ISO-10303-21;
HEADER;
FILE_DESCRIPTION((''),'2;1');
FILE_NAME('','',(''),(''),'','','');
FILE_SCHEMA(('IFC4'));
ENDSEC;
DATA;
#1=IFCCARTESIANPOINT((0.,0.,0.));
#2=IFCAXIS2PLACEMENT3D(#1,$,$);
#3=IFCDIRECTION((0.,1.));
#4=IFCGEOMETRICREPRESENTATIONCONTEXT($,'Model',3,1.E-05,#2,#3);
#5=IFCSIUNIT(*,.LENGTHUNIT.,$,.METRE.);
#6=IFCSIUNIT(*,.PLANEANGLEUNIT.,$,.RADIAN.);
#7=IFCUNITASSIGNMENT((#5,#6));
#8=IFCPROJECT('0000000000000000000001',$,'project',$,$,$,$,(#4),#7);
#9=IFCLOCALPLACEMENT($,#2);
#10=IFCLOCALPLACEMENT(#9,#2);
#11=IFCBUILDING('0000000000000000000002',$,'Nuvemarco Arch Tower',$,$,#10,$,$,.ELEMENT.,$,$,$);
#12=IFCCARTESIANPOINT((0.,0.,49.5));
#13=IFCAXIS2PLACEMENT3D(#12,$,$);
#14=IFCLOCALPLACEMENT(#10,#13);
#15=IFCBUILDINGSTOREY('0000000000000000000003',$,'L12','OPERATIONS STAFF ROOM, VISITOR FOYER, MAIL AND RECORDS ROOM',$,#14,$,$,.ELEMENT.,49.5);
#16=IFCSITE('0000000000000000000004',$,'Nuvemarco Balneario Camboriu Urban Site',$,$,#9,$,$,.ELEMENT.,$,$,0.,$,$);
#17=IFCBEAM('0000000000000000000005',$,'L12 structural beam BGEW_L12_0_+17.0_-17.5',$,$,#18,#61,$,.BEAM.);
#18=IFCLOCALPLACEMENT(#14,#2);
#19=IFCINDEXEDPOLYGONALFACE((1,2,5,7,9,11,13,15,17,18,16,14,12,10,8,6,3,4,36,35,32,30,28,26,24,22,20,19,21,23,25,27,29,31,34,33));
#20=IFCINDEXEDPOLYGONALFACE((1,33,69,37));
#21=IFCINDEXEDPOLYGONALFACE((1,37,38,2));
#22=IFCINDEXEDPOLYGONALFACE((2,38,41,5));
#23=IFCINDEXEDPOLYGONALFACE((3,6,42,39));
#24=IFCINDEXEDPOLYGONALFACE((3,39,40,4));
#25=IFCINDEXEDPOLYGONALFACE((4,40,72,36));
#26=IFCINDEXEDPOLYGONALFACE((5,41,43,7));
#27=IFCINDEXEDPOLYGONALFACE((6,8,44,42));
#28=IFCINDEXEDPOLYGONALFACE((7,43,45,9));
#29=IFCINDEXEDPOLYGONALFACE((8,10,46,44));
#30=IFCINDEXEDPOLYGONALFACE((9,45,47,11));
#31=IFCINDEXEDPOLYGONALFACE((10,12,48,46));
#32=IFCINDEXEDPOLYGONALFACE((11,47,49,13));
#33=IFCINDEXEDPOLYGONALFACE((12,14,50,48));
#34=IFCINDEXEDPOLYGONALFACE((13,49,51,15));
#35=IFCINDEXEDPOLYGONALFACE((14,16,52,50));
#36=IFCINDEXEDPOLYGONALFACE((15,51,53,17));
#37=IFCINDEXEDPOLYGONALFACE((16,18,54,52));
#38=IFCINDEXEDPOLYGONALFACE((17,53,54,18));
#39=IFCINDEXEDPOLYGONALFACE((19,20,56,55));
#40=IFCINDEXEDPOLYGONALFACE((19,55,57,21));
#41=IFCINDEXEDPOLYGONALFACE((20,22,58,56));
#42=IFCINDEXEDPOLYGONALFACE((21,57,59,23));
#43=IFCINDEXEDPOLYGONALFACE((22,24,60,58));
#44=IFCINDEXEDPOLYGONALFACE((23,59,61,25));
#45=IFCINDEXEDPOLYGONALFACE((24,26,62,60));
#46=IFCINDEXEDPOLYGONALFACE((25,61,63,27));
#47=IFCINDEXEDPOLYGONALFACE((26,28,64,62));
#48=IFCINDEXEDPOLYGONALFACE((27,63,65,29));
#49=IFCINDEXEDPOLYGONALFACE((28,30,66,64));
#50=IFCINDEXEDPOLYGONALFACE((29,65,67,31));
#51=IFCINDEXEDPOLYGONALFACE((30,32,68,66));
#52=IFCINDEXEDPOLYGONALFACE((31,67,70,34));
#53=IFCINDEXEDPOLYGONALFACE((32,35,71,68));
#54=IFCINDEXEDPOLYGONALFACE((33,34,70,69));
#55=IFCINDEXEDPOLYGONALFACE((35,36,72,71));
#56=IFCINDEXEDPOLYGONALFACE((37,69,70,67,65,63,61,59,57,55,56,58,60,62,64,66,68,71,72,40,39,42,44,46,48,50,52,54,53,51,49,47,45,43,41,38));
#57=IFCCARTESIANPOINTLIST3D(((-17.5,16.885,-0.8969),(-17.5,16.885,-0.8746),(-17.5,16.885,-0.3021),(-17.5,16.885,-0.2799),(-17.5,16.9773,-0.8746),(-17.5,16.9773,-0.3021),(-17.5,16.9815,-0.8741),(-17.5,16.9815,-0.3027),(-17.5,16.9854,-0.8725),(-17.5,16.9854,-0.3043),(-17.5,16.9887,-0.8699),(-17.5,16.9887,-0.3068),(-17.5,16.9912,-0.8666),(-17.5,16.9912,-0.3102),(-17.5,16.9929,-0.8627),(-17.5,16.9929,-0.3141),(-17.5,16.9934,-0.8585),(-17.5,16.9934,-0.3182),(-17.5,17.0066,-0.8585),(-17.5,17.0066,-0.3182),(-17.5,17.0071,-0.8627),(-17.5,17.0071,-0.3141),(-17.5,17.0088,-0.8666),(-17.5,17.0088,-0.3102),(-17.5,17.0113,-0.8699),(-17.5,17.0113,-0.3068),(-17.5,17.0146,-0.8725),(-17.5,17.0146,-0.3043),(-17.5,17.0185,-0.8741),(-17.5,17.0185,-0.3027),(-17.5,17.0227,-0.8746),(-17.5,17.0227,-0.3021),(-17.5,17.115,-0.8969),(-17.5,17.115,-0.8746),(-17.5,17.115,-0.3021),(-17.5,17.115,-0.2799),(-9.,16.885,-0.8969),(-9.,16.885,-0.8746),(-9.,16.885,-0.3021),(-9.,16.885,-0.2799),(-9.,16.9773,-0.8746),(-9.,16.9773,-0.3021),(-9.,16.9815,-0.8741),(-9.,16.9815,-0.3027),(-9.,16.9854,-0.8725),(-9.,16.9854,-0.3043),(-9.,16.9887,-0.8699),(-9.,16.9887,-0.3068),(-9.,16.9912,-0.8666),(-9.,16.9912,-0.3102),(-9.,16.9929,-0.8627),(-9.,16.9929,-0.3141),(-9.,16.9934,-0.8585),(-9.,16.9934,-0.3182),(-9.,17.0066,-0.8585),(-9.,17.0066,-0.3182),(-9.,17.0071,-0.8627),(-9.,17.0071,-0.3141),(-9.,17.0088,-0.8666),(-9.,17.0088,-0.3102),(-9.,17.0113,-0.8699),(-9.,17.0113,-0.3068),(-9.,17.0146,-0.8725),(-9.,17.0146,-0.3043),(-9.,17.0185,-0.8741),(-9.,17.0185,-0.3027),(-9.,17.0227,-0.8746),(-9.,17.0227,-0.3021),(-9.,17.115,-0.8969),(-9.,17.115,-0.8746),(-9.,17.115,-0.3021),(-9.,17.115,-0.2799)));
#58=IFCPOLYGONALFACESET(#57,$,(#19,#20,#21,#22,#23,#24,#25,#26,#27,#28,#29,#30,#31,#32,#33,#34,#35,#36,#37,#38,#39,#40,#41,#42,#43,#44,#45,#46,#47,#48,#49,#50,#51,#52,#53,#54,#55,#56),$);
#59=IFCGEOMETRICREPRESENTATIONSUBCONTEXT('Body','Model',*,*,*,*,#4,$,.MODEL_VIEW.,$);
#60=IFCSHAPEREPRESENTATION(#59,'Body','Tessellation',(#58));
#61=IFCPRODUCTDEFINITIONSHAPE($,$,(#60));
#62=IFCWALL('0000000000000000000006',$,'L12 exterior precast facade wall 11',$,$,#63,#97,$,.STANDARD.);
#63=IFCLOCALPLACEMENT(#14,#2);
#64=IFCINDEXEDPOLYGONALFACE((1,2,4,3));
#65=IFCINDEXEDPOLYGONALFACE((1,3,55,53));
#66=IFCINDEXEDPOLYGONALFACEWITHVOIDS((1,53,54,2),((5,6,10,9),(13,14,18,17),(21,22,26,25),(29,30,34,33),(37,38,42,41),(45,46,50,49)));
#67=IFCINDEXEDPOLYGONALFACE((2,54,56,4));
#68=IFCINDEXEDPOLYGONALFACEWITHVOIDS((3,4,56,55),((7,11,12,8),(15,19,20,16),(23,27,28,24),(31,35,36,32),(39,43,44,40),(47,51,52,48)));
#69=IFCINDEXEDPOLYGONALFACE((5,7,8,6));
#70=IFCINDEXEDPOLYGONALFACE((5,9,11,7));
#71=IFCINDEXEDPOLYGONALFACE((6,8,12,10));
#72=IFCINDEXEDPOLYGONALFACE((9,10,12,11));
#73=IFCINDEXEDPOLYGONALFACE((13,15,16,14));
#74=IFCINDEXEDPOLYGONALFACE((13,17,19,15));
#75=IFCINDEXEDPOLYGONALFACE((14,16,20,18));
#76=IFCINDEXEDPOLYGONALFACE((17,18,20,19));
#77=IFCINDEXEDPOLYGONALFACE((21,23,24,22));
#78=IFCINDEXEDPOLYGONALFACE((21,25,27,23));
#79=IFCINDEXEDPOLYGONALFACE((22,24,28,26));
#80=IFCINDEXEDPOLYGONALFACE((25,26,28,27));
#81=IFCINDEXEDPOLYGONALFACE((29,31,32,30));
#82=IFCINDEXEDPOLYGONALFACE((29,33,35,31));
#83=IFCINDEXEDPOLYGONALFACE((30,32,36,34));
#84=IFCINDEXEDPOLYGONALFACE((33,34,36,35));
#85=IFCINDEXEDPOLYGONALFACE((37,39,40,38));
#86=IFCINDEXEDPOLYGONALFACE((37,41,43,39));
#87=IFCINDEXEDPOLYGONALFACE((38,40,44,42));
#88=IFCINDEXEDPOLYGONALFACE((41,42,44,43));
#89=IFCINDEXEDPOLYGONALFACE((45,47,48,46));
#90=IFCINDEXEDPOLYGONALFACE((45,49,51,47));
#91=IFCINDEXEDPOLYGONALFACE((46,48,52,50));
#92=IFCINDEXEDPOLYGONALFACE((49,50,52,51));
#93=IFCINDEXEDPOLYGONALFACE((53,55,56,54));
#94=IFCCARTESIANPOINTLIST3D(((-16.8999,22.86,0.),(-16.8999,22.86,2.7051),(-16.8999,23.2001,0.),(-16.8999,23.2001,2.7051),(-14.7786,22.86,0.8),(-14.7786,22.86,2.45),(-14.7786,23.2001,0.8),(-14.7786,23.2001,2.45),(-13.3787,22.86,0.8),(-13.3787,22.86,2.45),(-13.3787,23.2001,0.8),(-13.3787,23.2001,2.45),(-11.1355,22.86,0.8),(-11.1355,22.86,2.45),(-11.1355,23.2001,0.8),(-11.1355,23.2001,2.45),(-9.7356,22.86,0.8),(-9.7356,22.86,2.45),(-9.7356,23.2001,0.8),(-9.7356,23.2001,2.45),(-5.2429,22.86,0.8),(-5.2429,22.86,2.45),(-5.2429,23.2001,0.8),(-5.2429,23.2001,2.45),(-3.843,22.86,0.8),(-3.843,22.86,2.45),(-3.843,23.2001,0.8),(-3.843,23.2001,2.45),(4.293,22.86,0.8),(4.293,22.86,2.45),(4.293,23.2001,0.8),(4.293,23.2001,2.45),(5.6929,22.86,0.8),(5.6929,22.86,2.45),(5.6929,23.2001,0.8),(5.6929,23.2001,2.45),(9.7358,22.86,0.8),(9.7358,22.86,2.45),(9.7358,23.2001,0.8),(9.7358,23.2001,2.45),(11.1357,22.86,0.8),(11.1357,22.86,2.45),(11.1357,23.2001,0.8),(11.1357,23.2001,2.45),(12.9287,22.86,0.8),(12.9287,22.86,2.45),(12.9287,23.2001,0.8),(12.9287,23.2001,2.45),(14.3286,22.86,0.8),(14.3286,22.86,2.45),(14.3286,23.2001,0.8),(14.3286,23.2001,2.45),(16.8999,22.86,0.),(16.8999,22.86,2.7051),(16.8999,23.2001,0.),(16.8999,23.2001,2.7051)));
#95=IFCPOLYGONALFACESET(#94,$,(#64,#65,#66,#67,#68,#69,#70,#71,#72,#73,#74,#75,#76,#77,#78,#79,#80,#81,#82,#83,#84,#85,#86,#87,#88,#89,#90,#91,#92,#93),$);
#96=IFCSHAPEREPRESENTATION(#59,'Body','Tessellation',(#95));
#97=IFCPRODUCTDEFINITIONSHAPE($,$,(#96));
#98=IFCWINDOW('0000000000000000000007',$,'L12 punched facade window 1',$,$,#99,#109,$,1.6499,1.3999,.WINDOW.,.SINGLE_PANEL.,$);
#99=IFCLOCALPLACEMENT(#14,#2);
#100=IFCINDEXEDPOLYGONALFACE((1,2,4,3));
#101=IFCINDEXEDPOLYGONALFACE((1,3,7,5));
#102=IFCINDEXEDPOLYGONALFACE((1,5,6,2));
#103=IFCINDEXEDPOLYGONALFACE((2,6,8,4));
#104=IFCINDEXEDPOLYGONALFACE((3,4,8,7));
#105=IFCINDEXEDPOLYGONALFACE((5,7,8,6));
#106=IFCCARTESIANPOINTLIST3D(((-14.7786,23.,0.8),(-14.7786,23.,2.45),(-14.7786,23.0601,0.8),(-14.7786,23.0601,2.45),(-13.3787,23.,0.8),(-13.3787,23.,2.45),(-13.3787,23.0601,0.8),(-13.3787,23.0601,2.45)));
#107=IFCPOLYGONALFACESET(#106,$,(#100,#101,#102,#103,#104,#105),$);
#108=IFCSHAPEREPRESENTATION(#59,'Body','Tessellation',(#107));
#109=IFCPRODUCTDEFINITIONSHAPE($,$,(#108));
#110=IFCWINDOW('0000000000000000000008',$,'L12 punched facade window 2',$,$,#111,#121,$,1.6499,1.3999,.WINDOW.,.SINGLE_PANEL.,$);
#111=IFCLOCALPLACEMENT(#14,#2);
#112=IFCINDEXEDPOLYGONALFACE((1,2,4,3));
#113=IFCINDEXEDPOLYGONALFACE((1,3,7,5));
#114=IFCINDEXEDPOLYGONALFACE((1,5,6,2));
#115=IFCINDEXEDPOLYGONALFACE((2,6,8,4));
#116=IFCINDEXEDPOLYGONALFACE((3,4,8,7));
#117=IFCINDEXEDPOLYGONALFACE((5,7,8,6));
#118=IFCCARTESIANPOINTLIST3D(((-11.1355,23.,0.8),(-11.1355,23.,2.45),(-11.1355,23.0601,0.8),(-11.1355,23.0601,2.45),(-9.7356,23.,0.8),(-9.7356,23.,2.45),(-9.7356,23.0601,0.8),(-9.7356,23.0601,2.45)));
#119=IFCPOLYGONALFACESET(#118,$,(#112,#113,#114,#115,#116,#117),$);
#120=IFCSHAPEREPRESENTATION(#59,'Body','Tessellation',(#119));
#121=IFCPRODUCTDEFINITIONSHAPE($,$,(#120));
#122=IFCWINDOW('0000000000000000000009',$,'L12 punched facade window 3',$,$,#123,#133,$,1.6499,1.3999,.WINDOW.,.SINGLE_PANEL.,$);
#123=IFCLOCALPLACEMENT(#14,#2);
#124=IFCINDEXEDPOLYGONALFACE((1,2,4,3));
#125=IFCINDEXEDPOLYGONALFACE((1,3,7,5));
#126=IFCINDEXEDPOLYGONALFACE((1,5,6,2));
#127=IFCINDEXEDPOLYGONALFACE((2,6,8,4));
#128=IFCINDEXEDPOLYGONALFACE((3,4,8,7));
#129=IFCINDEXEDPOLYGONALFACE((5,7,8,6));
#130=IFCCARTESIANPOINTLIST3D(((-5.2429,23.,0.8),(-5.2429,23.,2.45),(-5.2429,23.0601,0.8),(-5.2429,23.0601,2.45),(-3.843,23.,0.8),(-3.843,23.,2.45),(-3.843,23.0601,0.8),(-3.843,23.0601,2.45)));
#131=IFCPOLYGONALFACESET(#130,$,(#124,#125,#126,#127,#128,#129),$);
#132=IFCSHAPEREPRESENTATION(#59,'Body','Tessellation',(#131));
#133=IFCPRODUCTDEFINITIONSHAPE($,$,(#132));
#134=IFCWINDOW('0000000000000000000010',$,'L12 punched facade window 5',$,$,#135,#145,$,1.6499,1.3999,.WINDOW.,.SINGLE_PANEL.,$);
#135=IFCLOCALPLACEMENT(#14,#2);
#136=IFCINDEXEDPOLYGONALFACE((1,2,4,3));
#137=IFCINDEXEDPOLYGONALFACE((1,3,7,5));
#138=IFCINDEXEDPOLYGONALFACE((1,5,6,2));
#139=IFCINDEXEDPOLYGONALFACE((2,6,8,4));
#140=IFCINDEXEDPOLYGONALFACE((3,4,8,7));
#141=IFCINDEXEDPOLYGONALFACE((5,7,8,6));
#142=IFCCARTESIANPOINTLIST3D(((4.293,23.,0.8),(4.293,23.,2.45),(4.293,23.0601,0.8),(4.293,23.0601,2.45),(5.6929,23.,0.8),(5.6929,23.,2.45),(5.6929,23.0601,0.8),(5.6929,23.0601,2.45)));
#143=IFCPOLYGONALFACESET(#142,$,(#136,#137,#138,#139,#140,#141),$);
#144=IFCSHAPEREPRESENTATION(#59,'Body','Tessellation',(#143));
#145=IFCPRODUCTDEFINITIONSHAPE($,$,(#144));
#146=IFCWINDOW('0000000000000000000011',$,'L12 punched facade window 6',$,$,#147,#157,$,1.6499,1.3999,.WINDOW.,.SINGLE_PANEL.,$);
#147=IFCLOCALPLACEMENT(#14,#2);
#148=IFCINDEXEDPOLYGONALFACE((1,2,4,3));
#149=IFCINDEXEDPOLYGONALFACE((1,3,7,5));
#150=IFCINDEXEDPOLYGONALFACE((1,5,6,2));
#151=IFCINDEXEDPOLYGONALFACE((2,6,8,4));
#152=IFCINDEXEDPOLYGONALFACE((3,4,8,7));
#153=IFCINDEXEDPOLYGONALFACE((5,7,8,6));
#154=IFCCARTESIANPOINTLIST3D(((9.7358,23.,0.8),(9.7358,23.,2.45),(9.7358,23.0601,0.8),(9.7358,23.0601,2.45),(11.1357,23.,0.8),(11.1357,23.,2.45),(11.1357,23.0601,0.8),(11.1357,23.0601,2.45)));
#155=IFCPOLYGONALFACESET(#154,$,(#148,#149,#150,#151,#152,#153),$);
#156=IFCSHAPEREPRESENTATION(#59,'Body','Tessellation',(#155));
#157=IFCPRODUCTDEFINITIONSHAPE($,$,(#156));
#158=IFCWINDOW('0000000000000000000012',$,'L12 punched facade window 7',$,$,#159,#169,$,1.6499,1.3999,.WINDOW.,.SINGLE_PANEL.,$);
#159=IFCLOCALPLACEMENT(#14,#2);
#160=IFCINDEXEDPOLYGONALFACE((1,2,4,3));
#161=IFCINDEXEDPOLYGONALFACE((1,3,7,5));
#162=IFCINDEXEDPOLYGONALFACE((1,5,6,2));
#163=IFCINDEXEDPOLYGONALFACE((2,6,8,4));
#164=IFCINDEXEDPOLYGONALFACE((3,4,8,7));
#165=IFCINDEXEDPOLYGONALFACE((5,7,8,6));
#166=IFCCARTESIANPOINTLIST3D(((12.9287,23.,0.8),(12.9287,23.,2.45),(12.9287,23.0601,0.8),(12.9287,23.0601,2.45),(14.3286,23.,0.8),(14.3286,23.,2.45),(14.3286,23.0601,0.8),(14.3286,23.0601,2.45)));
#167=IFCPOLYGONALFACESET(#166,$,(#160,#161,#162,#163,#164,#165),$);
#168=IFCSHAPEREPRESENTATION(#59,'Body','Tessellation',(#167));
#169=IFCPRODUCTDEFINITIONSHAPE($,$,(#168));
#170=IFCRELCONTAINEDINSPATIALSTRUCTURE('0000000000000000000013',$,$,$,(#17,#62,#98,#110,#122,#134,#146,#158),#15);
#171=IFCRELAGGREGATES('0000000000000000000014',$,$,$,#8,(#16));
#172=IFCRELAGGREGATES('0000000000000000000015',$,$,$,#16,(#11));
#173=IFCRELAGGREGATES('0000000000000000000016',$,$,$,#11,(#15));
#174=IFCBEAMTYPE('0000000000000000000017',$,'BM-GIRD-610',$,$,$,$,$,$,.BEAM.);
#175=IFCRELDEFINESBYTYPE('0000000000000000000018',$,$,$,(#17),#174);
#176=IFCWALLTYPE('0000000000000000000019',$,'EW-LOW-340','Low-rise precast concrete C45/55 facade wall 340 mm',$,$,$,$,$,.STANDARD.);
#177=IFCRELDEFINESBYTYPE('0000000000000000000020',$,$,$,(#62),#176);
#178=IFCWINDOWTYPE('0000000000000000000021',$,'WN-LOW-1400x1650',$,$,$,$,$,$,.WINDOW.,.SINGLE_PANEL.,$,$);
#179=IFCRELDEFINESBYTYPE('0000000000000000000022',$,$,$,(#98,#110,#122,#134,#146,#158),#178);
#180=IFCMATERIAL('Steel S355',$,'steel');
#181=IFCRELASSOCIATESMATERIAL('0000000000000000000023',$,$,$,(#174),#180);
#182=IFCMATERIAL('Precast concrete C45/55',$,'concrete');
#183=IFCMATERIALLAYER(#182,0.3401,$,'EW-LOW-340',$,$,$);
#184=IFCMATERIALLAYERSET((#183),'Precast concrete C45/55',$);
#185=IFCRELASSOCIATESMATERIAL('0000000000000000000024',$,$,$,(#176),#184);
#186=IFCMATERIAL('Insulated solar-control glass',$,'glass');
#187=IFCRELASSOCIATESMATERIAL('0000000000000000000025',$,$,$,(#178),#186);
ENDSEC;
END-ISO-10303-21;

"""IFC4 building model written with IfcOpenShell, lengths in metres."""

from ifc_helpers import new_model, si_unit, direction, frame, frame_2d, origin, origin_2d, place, context, subcontext, project, spatial, rectangle, i_section, extrude, source, transform, mapped, material, layer, layer_set, material_profile, profile_set, type_object, type_shapes, element, fill, save


model = new_model("IFC4")

# Units and contexts
model_context = context("Model", 3, precision=1e-05, world=origin(), true_north=direction((0.0, 1.0)))
body_context = subcontext(model_context, "Body", "Model", "MODEL_VIEW")
ifc_project = project(units=[si_unit("LENGTHUNIT", "METRE"), si_unit("PLANEANGLEUNIT", "RADIAN")], contexts=[model_context])

# Site, building, storey
site_placement = place(None, origin())
site = spatial("IfcSite", under=ifc_project, at=site_placement, Name="Nuvemarco Balneario Camboriu Urban Site", CompositionType="ELEMENT", RefElevation=0.0)
building_placement = place(site_placement, origin())
building = spatial("IfcBuilding", under=site, at=building_placement, Name="Nuvemarco Arch Tower", CompositionType="ELEMENT")
storey_placement = place(building_placement, frame((0.0, 0.0, 49.5)))
storey = spatial("IfcBuildingStorey", under=building, at=storey_placement, Name="L12", Description="OPERATIONS STAFF ROOM, VISITOR FOYER, MAIL AND RECORDS ROOM", CompositionType="ELEMENT", Elevation=49.5)

# Shared definitions
ifc_material_1 = material(Name="Steel S355", Category="steel")

# Beam
ifc_material_profile_1 = material_profile(ifc_material_1, i_section(OverallWidth=0.23, OverallDepth=0.6169, WebThickness=0.0132, FlangeThickness=0.0222, FilletRadius=0.0161, at=origin_2d()), Name="W610x140")
ifc_profile_set_1 = profile_set([ifc_material_profile_1], Name="Steel S355")
beam_type = type_object("IfcBeamType", Name="BM-GIRD-610", PredefinedType="BEAM", material=ifc_profile_set_1)
beam_1_placement = place(storey_placement, frame((-17.5, 17.0, -0.5884), z_axis=(1.0, 0.0, 0.0), x_axis=(0.0, 1.0, 0.0)))
element("IfcBeam", 1, at=beam_1_placement, inside=storey, type_object=beam_type, Name="L12 structural beam BGEW_L12_0_+17.0_-17.5", PredefinedType="BEAM", context=body_context, shape_type="SweptSolid", body=[
    extrude(i_section(OverallWidth=0.23, OverallDepth=0.6169, WebThickness=0.0132, FlangeThickness=0.0222, FilletRadius=0.0161, at=origin_2d()), origin(), (0.0, 0.0, 1.0), 8.5),
])

# Wall, openings, windows
ifc_material_2 = material(Name="Precast concrete C45/55", Category="concrete")
ifc_layer = layer(ifc_material_2, 0.3401, Name="EW-LOW-340")
ifc_layer_set = layer_set([ifc_layer], Name="Precast concrete C45/55")
wall_type = type_object("IfcWallType", Name="EW-LOW-340", Description="Low-rise precast concrete C45/55 facade wall 340 mm", PredefinedType="STANDARD", material=ifc_layer_set)
wall_1_placement = place(storey_placement, frame((-16.8999, 23.03, 0.0), z_axis=(0.0, 0.0, 1.0), x_axis=(1.0, 0.0, 0.0)))
wall_1 = element("IfcWall", 2, at=wall_1_placement, inside=storey, type_object=wall_type, Name="L12 exterior precast facade wall 11", PredefinedType="STANDARD", context=body_context, shape_type="SweptSolid", body=[
    extrude(rectangle(XDim=33.7998, YDim=0.3401, at=frame_2d((16.8999, 0.0))), origin(), (0.0, 0.0, 1.0), 2.7051),
])
opening_1_placement = place(wall_1_placement, frame((2.1213, 0.0, 0.8)))
opening_1 = element("IfcOpeningElement", 3, at=opening_1_placement, cuts=wall_1, PredefinedType="OPENING", context=body_context, shape_type="SweptSolid", body=[
    extrude(rectangle(XDim=1.3999, YDim=1.6499, at=frame_2d((0.7, 0.825))), frame((0.0, 0.1799, 0.0), z_axis=(0.0, -1.0, 0.0), x_axis=(1.0, 0.0, 0.0)), (0.0, 0.0, 1.0), 0.3601),
])
opening_2_placement = place(wall_1_placement, frame((5.7644, 0.0, 0.8)))
opening_2 = element("IfcOpeningElement", 4, at=opening_2_placement, cuts=wall_1, PredefinedType="OPENING", context=body_context, shape_type="SweptSolid", body=[
    extrude(rectangle(XDim=1.3999, YDim=1.6499, at=frame_2d((0.7, 0.825))), frame((0.0, 0.1799, 0.0), z_axis=(0.0, -1.0, 0.0), x_axis=(1.0, 0.0, 0.0)), (0.0, 0.0, 1.0), 0.3601),
])
opening_3_placement = place(wall_1_placement, frame((11.657, 0.0, 0.8)))
opening_3 = element("IfcOpeningElement", 5, at=opening_3_placement, cuts=wall_1, PredefinedType="OPENING", context=body_context, shape_type="SweptSolid", body=[
    extrude(rectangle(XDim=1.3999, YDim=1.6499, at=frame_2d((0.7, 0.825))), frame((0.0, 0.1799, 0.0), z_axis=(0.0, -1.0, 0.0), x_axis=(1.0, 0.0, 0.0)), (0.0, 0.0, 1.0), 0.3601),
])
opening_4_placement = place(wall_1_placement, frame((21.1929, 0.0, 0.8)))
opening_4 = element("IfcOpeningElement", 6, at=opening_4_placement, cuts=wall_1, PredefinedType="OPENING", context=body_context, shape_type="SweptSolid", body=[
    extrude(rectangle(XDim=1.3999, YDim=1.6499, at=frame_2d((0.7, 0.825))), frame((0.0, 0.1799, 0.0), z_axis=(0.0, -1.0, 0.0), x_axis=(1.0, 0.0, 0.0)), (0.0, 0.0, 1.0), 0.3601),
])
opening_5_placement = place(wall_1_placement, frame((26.6357, 0.0, 0.8)))
opening_5 = element("IfcOpeningElement", 7, at=opening_5_placement, cuts=wall_1, PredefinedType="OPENING", context=body_context, shape_type="SweptSolid", body=[
    extrude(rectangle(XDim=1.3999, YDim=1.6499, at=frame_2d((0.7, 0.825))), frame((0.0, 0.1799, 0.0), z_axis=(0.0, -1.0, 0.0), x_axis=(1.0, 0.0, 0.0)), (0.0, 0.0, 1.0), 0.3601),
])
opening_6_placement = place(wall_1_placement, frame((29.8286, 0.0, 0.8)))
opening_6 = element("IfcOpeningElement", 8, at=opening_6_placement, cuts=wall_1, PredefinedType="OPENING", context=body_context, shape_type="SweptSolid", body=[
    extrude(rectangle(XDim=1.3999, YDim=1.6499, at=frame_2d((0.7, 0.825))), frame((0.0, 0.1799, 0.0), z_axis=(0.0, -1.0, 0.0), x_axis=(1.0, 0.0, 0.0)), (0.0, 0.0, 1.0), 0.3601),
])
ifc_material_3 = material(Name="Insulated solar-control glass", Category="glass")
window_type = type_object("IfcWindowType", Name="WN-LOW-1400x1650", PartitioningType="SINGLE_PANEL", PredefinedType="WINDOW", material=ifc_material_3)
shared_shape = source(origin(), body_context, "Body", "SweptSolid", [
    extrude(rectangle(XDim=1.3999, YDim=1.6499, at=frame_2d((0.7, 0.825))), frame((0.0, 0.03, 0.0), z_axis=(0.0, -1.0, 0.0), x_axis=(1.0, 0.0, 0.0)), (0.0, 0.0, 1.0), 0.0601),
])
type_shapes(window_type, [shared_shape])
window_1_placement = place(opening_1_placement, origin())
window_1 = element("IfcWindow", 9, at=window_1_placement, inside=storey, type_object=window_type, Name="L12 punched facade window 1", OverallHeight=1.6499, OverallWidth=1.3999, PartitioningType="SINGLE_PANEL", PredefinedType="WINDOW", context=body_context, shape_type="MappedRepresentation", body=[
    mapped(shared_shape, transform((0.0, 0.0, 0.0), scale=1.0)),
])
fill(opening_1, window_1)
window_2_placement = place(opening_2_placement, origin())
window_2 = element("IfcWindow", 10, at=window_2_placement, inside=storey, type_object=window_type, Name="L12 punched facade window 2", OverallHeight=1.6499, OverallWidth=1.3999, PartitioningType="SINGLE_PANEL", PredefinedType="WINDOW", context=body_context, shape_type="MappedRepresentation", body=[
    mapped(shared_shape, transform((0.0, 0.0, 0.0), scale=1.0)),
])
fill(opening_2, window_2)
window_3_placement = place(opening_3_placement, origin())
window_3 = element("IfcWindow", 11, at=window_3_placement, inside=storey, type_object=window_type, Name="L12 punched facade window 3", OverallHeight=1.6499, OverallWidth=1.3999, PartitioningType="SINGLE_PANEL", PredefinedType="WINDOW", context=body_context, shape_type="MappedRepresentation", body=[
    mapped(shared_shape, transform((0.0, 0.0, 0.0), scale=1.0)),
])
fill(opening_3, window_3)
window_4_placement = place(opening_4_placement, origin())
window_4 = element("IfcWindow", 12, at=window_4_placement, inside=storey, type_object=window_type, Name="L12 punched facade window 5", OverallHeight=1.6499, OverallWidth=1.3999, PartitioningType="SINGLE_PANEL", PredefinedType="WINDOW", context=body_context, shape_type="MappedRepresentation", body=[
    mapped(shared_shape, transform((0.0, 0.0, 0.0), scale=1.0)),
])
fill(opening_4, window_4)
window_5_placement = place(opening_5_placement, origin())
window_5 = element("IfcWindow", 13, at=window_5_placement, inside=storey, type_object=window_type, Name="L12 punched facade window 6", OverallHeight=1.6499, OverallWidth=1.3999, PartitioningType="SINGLE_PANEL", PredefinedType="WINDOW", context=body_context, shape_type="MappedRepresentation", body=[
    mapped(shared_shape, transform((0.0, 0.0, 0.0), scale=1.0)),
])
fill(opening_5, window_5)
window_6_placement = place(opening_6_placement, origin())
window_6 = element("IfcWindow", 14, at=window_6_placement, inside=storey, type_object=window_type, Name="L12 punched facade window 7", OverallHeight=1.6499, OverallWidth=1.3999, PartitioningType="SINGLE_PANEL", PredefinedType="WINDOW", context=body_context, shape_type="MappedRepresentation", body=[
    mapped(shared_shape, transform((0.0, 0.0, 0.0), scale=1.0)),
])
fill(opening_6, window_6)

save(model, "model.ifc")
